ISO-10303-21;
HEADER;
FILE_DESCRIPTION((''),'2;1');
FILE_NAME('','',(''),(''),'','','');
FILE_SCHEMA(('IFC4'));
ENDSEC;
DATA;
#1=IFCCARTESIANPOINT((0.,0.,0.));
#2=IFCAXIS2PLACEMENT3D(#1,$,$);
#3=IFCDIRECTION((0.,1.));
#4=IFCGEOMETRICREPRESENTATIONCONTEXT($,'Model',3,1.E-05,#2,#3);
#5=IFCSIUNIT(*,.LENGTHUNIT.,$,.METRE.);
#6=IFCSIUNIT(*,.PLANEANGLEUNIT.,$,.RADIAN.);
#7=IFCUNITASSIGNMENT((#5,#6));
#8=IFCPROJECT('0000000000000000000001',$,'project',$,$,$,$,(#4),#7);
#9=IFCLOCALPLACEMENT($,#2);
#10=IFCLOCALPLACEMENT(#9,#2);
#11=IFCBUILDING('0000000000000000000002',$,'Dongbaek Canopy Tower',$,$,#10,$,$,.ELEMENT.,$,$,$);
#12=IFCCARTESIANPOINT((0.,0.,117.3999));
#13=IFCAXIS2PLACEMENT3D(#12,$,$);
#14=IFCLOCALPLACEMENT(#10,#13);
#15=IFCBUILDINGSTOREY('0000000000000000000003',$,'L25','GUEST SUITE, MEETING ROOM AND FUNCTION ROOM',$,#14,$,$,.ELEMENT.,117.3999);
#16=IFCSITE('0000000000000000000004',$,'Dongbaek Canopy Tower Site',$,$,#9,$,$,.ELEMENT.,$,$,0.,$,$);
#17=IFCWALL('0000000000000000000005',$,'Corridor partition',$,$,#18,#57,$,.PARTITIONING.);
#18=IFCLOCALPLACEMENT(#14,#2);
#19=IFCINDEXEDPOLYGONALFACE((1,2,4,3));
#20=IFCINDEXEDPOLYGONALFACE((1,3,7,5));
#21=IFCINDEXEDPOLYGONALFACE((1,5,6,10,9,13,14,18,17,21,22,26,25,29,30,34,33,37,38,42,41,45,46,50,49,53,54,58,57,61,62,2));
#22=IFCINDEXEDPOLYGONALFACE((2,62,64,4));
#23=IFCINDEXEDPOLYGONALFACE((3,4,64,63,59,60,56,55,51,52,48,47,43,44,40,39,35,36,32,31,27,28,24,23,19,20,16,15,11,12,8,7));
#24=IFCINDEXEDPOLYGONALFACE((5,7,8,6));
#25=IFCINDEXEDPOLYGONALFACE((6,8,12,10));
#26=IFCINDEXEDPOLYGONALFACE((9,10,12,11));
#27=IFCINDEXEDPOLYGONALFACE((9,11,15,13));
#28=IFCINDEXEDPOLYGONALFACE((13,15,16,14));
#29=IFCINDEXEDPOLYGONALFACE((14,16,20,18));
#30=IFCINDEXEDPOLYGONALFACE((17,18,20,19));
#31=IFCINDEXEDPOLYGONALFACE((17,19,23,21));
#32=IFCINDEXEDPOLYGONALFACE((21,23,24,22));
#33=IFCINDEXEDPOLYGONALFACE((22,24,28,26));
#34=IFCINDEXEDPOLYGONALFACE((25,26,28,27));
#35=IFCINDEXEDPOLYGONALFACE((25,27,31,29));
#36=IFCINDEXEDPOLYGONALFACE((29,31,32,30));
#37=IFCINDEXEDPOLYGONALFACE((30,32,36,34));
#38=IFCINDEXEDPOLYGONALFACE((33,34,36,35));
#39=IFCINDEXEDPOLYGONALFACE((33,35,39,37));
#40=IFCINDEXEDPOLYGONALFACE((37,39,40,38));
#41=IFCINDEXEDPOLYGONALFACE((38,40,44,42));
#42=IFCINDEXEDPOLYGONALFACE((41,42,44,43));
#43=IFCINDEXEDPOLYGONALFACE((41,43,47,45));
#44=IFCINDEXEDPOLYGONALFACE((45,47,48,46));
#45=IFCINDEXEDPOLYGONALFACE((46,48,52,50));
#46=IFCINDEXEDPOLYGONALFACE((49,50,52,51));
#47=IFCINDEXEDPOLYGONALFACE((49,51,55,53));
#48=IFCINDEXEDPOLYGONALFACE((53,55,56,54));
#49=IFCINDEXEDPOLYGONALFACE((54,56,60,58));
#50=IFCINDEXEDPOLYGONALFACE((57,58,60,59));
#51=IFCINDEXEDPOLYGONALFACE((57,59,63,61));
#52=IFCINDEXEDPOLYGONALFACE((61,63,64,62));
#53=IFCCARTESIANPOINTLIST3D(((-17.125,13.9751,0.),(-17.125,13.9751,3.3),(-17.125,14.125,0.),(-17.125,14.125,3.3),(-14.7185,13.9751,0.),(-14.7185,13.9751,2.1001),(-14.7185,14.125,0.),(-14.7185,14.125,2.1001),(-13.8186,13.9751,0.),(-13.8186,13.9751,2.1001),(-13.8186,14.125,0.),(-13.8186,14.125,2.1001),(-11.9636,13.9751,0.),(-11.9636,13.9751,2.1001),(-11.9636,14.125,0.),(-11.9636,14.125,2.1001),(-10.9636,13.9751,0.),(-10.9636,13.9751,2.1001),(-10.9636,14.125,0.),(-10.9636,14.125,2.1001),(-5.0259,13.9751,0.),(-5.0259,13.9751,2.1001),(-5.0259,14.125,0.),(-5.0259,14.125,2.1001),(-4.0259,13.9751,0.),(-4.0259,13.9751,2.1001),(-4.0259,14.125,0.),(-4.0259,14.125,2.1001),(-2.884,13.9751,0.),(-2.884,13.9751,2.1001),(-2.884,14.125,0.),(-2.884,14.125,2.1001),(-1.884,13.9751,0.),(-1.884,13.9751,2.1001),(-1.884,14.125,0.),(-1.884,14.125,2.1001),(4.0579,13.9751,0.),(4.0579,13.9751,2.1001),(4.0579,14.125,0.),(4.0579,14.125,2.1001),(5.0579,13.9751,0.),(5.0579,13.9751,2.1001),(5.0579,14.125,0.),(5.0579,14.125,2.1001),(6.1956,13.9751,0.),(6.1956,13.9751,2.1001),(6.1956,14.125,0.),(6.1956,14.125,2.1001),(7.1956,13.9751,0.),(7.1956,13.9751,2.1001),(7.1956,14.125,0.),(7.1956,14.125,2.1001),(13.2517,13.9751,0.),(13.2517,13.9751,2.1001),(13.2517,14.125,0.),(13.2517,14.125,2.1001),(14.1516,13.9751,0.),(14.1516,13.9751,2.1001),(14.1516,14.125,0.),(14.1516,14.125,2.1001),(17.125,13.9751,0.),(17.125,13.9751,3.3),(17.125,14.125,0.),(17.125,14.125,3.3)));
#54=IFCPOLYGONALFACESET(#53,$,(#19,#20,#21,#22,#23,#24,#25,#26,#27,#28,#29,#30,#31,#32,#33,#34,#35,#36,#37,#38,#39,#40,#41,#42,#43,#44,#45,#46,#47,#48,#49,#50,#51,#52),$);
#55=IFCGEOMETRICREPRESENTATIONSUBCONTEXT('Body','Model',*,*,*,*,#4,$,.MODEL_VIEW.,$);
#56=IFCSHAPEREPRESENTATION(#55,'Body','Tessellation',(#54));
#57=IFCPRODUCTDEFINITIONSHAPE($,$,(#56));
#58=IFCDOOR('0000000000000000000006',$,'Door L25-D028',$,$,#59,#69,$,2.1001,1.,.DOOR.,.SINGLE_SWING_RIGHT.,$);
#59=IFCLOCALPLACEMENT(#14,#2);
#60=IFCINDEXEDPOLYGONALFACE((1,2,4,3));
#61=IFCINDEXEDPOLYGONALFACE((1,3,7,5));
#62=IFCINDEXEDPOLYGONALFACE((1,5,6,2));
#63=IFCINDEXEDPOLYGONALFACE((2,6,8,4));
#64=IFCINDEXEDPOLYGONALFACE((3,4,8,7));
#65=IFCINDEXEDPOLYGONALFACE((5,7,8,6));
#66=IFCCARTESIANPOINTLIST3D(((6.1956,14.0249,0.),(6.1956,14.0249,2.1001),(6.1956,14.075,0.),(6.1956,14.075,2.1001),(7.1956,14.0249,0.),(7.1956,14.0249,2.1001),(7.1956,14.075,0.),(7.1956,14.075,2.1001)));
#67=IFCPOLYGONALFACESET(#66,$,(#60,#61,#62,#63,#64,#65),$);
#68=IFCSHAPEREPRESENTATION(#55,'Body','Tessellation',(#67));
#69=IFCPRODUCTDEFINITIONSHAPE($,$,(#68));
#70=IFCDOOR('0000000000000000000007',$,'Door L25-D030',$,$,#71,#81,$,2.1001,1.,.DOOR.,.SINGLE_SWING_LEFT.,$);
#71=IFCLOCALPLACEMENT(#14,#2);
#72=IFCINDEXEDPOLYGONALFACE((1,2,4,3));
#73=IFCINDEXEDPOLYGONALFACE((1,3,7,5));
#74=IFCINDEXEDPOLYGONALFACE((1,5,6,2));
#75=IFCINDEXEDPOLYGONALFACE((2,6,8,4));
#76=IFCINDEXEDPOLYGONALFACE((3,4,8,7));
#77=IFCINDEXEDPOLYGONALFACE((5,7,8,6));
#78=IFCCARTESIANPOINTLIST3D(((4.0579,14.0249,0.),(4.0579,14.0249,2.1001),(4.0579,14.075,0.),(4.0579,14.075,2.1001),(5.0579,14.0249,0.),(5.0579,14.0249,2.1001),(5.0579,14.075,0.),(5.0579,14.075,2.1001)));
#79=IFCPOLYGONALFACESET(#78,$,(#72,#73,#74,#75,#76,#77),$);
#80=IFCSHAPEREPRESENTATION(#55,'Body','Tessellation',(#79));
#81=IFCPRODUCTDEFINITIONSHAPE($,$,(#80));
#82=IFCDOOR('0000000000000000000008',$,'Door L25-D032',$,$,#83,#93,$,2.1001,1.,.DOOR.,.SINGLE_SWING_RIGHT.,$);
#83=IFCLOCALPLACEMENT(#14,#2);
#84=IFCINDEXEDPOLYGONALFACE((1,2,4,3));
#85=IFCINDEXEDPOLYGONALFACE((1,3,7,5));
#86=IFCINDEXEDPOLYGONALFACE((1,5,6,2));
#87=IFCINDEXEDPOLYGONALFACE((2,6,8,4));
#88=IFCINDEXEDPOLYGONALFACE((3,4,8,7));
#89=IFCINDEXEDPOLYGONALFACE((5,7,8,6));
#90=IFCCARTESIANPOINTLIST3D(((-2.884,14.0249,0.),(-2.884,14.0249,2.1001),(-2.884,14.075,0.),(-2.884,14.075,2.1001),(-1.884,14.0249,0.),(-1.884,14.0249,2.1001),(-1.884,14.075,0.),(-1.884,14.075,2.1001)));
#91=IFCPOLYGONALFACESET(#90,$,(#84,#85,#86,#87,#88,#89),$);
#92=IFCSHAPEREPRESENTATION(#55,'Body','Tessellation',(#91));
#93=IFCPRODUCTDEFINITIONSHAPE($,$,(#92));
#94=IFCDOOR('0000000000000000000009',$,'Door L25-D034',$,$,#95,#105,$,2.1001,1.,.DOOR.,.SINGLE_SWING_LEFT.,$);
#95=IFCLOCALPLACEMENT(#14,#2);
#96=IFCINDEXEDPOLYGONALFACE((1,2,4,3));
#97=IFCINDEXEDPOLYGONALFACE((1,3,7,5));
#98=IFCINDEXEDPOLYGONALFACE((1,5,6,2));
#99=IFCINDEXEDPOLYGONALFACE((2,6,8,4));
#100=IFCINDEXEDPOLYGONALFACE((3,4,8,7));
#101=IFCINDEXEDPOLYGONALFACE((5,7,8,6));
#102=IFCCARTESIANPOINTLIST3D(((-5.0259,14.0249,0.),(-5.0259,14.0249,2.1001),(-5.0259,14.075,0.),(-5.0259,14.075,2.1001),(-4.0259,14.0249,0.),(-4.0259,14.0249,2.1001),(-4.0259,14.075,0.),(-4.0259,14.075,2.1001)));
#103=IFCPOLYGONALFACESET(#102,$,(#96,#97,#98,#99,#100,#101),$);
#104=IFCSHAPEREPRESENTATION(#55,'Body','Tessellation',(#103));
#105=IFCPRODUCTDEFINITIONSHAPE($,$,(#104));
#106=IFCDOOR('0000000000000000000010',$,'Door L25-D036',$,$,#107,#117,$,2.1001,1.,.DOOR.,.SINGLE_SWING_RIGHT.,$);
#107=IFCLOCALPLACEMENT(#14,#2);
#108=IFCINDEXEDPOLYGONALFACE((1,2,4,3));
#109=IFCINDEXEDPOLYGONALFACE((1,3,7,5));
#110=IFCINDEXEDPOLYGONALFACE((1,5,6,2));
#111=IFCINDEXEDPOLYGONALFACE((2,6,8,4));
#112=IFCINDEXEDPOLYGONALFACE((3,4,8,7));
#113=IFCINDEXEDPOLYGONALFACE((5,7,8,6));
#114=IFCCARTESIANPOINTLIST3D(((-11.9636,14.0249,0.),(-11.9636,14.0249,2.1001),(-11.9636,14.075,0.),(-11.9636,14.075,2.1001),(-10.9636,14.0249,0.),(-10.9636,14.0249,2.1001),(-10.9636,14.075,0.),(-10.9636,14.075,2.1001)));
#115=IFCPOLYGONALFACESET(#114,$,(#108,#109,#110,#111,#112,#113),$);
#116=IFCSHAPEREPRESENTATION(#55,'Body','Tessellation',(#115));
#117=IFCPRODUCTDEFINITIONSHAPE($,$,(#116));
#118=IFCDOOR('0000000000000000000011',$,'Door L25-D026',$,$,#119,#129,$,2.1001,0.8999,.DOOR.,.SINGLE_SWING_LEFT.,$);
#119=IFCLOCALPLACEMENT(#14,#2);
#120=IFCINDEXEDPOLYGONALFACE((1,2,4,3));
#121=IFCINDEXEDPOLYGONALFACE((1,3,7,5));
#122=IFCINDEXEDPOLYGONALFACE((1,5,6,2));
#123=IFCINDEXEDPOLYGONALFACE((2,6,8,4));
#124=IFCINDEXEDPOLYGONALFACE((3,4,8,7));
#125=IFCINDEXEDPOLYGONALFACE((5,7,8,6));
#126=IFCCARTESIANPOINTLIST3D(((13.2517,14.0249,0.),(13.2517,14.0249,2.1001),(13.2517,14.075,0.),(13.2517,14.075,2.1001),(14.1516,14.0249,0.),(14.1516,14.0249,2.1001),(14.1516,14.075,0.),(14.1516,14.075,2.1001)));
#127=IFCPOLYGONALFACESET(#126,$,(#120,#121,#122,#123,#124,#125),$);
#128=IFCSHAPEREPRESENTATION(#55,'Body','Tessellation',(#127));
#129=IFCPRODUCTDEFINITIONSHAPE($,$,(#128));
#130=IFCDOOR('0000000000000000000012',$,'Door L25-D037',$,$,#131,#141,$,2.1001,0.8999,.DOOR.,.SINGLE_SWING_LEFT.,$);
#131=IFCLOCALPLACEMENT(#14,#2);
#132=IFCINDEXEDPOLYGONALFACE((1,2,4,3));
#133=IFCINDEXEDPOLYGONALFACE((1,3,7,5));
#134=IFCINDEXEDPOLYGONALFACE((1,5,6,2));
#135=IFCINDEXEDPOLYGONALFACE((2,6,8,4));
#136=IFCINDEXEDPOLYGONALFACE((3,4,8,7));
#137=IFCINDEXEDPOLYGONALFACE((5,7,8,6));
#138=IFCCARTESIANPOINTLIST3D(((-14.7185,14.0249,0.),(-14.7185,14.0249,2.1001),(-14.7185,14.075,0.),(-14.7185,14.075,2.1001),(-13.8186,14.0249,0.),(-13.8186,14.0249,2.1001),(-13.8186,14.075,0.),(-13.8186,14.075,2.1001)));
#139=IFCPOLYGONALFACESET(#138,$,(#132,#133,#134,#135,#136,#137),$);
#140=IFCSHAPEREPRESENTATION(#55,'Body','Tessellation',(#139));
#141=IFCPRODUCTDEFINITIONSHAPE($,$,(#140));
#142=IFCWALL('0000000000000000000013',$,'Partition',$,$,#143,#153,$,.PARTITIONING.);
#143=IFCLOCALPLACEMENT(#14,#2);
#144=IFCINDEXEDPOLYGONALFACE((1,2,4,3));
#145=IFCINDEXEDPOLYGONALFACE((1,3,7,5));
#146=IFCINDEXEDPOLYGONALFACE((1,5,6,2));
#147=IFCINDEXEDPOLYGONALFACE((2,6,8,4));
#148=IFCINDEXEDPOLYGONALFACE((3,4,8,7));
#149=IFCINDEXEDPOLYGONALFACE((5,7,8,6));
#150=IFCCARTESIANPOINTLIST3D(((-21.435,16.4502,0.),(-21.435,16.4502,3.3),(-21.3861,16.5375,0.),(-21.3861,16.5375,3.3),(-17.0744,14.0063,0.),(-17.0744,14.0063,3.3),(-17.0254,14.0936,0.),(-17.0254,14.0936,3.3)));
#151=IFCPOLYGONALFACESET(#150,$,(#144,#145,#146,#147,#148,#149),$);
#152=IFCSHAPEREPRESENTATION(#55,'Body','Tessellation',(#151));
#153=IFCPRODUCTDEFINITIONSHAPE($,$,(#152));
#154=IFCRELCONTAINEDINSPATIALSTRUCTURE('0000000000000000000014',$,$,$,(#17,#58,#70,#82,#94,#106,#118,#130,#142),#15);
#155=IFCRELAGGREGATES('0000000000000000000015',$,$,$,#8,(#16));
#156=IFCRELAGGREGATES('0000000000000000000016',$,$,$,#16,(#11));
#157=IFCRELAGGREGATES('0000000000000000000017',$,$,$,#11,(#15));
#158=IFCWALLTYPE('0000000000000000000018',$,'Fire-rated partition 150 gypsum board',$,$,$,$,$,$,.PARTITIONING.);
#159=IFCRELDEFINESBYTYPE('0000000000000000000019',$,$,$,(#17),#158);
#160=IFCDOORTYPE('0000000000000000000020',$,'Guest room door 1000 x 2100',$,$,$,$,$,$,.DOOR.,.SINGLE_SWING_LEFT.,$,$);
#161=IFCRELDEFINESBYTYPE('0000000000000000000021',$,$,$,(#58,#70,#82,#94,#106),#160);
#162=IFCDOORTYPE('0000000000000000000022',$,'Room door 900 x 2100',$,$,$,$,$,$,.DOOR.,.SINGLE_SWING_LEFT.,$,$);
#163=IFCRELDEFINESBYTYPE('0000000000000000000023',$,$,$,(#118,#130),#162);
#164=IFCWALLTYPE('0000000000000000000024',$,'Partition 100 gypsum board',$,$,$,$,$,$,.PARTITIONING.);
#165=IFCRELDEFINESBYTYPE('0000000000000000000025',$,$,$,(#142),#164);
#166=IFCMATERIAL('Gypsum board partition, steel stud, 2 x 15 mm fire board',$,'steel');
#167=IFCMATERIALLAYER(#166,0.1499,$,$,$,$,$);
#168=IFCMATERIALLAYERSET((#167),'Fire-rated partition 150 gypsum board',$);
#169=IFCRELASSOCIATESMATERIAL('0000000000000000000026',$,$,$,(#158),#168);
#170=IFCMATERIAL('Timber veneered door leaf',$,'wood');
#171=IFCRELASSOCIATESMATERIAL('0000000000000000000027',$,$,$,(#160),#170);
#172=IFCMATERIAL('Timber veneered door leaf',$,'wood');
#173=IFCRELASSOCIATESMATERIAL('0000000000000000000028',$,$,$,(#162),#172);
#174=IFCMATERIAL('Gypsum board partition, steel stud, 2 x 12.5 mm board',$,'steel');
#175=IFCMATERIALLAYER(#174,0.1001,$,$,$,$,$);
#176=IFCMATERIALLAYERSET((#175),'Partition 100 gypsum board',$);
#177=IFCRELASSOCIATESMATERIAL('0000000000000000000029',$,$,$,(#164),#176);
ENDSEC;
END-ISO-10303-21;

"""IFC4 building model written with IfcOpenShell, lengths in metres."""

from ifc_helpers import new_model, si_unit, direction, frame, frame_2d, origin, place, context, subcontext, project, spatial, rectangle, extrude, material, layer, layer_set, type_object, element, fill, save


model = new_model("IFC4")

# Units and contexts
model_context = context("Model", 3, precision=1e-05, world=origin(), true_north=direction((0.0, 1.0)))
body_context = subcontext(model_context, "Body", "Model", "MODEL_VIEW")
ifc_project = project(units=[si_unit("LENGTHUNIT", "METRE"), si_unit("PLANEANGLEUNIT", "RADIAN")], contexts=[model_context])

# Site, building, storey
site_placement = place(None, origin())
site = spatial("IfcSite", under=ifc_project, at=site_placement, Name="Dongbaek Canopy Tower Site", CompositionType="ELEMENT", RefElevation=0.0)
building_placement = place(site_placement, origin())
building = spatial("IfcBuilding", under=site, at=building_placement, Name="Dongbaek Canopy Tower", CompositionType="ELEMENT")
storey_placement = place(building_placement, frame((0.0, 0.0, 117.3999)))
storey = spatial("IfcBuildingStorey", under=building, at=storey_placement, Name="L25", Description="GUEST SUITE, MEETING ROOM AND FUNCTION ROOM", CompositionType="ELEMENT", Elevation=117.3999)

# Wall, openings, doors
ifc_material_1 = material(Name="Gypsum board partition, steel stud, 2 x 15 mm fire board", Category="steel")
ifc_layer_1 = layer(ifc_material_1, 0.1499)
ifc_layer_set_1 = layer_set([ifc_layer_1], Name="Fire-rated partition 150 gypsum board")
wall_type_1 = type_object("IfcWallType", Name="Fire-rated partition 150 gypsum board", PredefinedType="PARTITIONING", material=ifc_layer_set_1)
wall_1_placement = place(storey_placement, frame((-17.125, 14.05, 0.0), z_axis=(0.0, 0.0, 1.0), x_axis=(1.0, 0.0, 0.0)))
wall_1 = element("IfcWall", 1, at=wall_1_placement, inside=storey, type_object=wall_type_1, Name="Corridor partition", PredefinedType="PARTITIONING", context=body_context, shape_type="SweptSolid", body=[
    extrude(rectangle(XDim=34.25, YDim=0.1499, at=frame_2d((17.125, 0.0))), origin(), (0.0, 0.0, 1.0), 3.3),
])
opening_1_placement = place(wall_1_placement, frame((30.3767, 0.0, 0.0)))
opening_1 = element("IfcOpeningElement", 2, at=opening_1_placement, cuts=wall_1, PredefinedType="OPENING", context=body_context, shape_type="SweptSolid", body=[
    extrude(rectangle(XDim=0.8999, YDim=2.1001, at=frame_2d((0.45, 1.05))), frame((0.0, 0.085, 0.0), z_axis=(0.0, -1.0, 0.0), x_axis=(1.0, 0.0, 0.0)), (0.0, 0.0, 1.0), 0.1699),
])
opening_2_placement = place(wall_1_placement, frame((23.3206, 0.0, 0.0)))
opening_2 = element("IfcOpeningElement", 3, at=opening_2_placement, cuts=wall_1, PredefinedType="OPENING", context=body_context, shape_type="SweptSolid", body=[
    extrude(rectangle(XDim=1.0, YDim=2.1001, at=frame_2d((0.5, 1.05))), frame((0.0, 0.085, 0.0), z_axis=(0.0, -1.0, 0.0), x_axis=(1.0, 0.0, 0.0)), (0.0, 0.0, 1.0), 0.1699),
])
opening_3_placement = place(wall_1_placement, frame((21.1829, 0.0, 0.0)))
opening_3 = element("IfcOpeningElement", 4, at=opening_3_placement, cuts=wall_1, PredefinedType="OPENING", context=body_context, shape_type="SweptSolid", body=[
    extrude(rectangle(XDim=1.0, YDim=2.1001, at=frame_2d((0.5, 1.05))), frame((0.0, 0.085, 0.0), z_axis=(0.0, -1.0, 0.0), x_axis=(1.0, 0.0, 0.0)), (0.0, 0.0, 1.0), 0.1699),
])
opening_4_placement = place(wall_1_placement, frame((14.241, 0.0, 0.0)))
opening_4 = element("IfcOpeningElement", 5, at=opening_4_placement, cuts=wall_1, PredefinedType="OPENING", context=body_context, shape_type="SweptSolid", body=[
    extrude(rectangle(XDim=1.0, YDim=2.1001, at=frame_2d((0.5, 1.05))), frame((0.0, 0.085, 0.0), z_axis=(0.0, -1.0, 0.0), x_axis=(1.0, 0.0, 0.0)), (0.0, 0.0, 1.0), 0.1699),
])
opening_5_placement = place(wall_1_placement, frame((12.0991, 0.0, 0.0)))
opening_5 = element("IfcOpeningElement", 6, at=opening_5_placement, cuts=wall_1, PredefinedType="OPENING", context=body_context, shape_type="SweptSolid", body=[
    extrude(rectangle(XDim=1.0, YDim=2.1001, at=frame_2d((0.5, 1.05))), frame((0.0, 0.085, 0.0), z_axis=(0.0, -1.0, 0.0), x_axis=(1.0, 0.0, 0.0)), (0.0, 0.0, 1.0), 0.1699),
])
opening_6_placement = place(wall_1_placement, frame((5.1614, 0.0, 0.0)))
opening_6 = element("IfcOpeningElement", 7, at=opening_6_placement, cuts=wall_1, PredefinedType="OPENING", context=body_context, shape_type="SweptSolid", body=[
    extrude(rectangle(XDim=1.0, YDim=2.1001, at=frame_2d((0.5, 1.05))), frame((0.0, 0.085, 0.0), z_axis=(0.0, -1.0, 0.0), x_axis=(1.0, 0.0, 0.0)), (0.0, 0.0, 1.0), 0.1699),
])
opening_7_placement = place(wall_1_placement, frame((2.4065, 0.0, 0.0)))
opening_7 = element("IfcOpeningElement", 8, at=opening_7_placement, cuts=wall_1, PredefinedType="OPENING", context=body_context, shape_type="SweptSolid", body=[
    extrude(rectangle(XDim=0.8999, YDim=2.1001, at=frame_2d((0.45, 1.05))), frame((0.0, 0.085, 0.0), z_axis=(0.0, -1.0, 0.0), x_axis=(1.0, 0.0, 0.0)), (0.0, 0.0, 1.0), 0.1699),
])
ifc_material_2 = material(Name="Timber veneered door leaf", Category="wood")
door_type_1 = type_object("IfcDoorType", Name="Guest room door 1000 x 2100", OperationType="SINGLE_SWING_LEFT", PredefinedType="DOOR", material=ifc_material_2)
door_1_placement = place(opening_2_placement, origin())
door_1 = element("IfcDoor", 9, at=door_1_placement, inside=storey, type_object=door_type_1, Name="Door L25-D028", OperationType="SINGLE_SWING_RIGHT", OverallHeight=2.1001, OverallWidth=1.0, PredefinedType="DOOR", context=body_context, shape_type="SweptSolid", body=[
    extrude(rectangle(XDim=1.0, YDim=2.1001, at=frame_2d((0.5, 1.05))), frame((0.0, 0.0249, 0.0), z_axis=(0.0, -1.0, 0.0), x_axis=(1.0, 0.0, 0.0)), (0.0, 0.0, 1.0), 0.05),
])
fill(opening_2, door_1)
door_2_placement = place(opening_3_placement, origin())
door_2 = element("IfcDoor", 10, at=door_2_placement, inside=storey, type_object=door_type_1, Name="Door L25-D030", OperationType="SINGLE_SWING_LEFT", OverallHeight=2.1001, OverallWidth=1.0, PredefinedType="DOOR", context=body_context, shape_type="SweptSolid", body=[
    extrude(rectangle(XDim=1.0, YDim=2.1001, at=frame_2d((0.5, 1.05))), frame((0.0, 0.0249, 0.0), z_axis=(0.0, -1.0, 0.0), x_axis=(1.0, 0.0, 0.0)), (0.0, 0.0, 1.0), 0.05),
])
fill(opening_3, door_2)
door_3_placement = place(opening_4_placement, origin())
door_3 = element("IfcDoor", 11, at=door_3_placement, inside=storey, type_object=door_type_1, Name="Door L25-D032", OperationType="SINGLE_SWING_RIGHT", OverallHeight=2.1001, OverallWidth=1.0, PredefinedType="DOOR", context=body_context, shape_type="SweptSolid", body=[
    extrude(rectangle(XDim=1.0, YDim=2.1001, at=frame_2d((0.5, 1.05))), frame((0.0, 0.0249, 0.0), z_axis=(0.0, -1.0, 0.0), x_axis=(1.0, 0.0, 0.0)), (0.0, 0.0, 1.0), 0.05),
])
fill(opening_4, door_3)
door_4_placement = place(opening_5_placement, origin())
door_4 = element("IfcDoor", 12, at=door_4_placement, inside=storey, type_object=door_type_1, Name="Door L25-D034", OperationType="SINGLE_SWING_LEFT", OverallHeight=2.1001, OverallWidth=1.0, PredefinedType="DOOR", context=body_context, shape_type="SweptSolid", body=[
    extrude(rectangle(XDim=1.0, YDim=2.1001, at=frame_2d((0.5, 1.05))), frame((0.0, 0.0249, 0.0), z_axis=(0.0, -1.0, 0.0), x_axis=(1.0, 0.0, 0.0)), (0.0, 0.0, 1.0), 0.05),
])
fill(opening_5, door_4)
door_5_placement = place(opening_6_placement, origin())
door_5 = element("IfcDoor", 13, at=door_5_placement, inside=storey, type_object=door_type_1, Name="Door L25-D036", OperationType="SINGLE_SWING_RIGHT", OverallHeight=2.1001, OverallWidth=1.0, PredefinedType="DOOR", context=body_context, shape_type="SweptSolid", body=[
    extrude(rectangle(XDim=1.0, YDim=2.1001, at=frame_2d((0.5, 1.05))), frame((0.0, 0.0249, 0.0), z_axis=(0.0, -1.0, 0.0), x_axis=(1.0, 0.0, 0.0)), (0.0, 0.0, 1.0), 0.05),
])
fill(opening_6, door_5)
ifc_material_3 = material(Name="Timber veneered door leaf", Category="wood")
door_type_2 = type_object("IfcDoorType", Name="Room door 900 x 2100", OperationType="SINGLE_SWING_LEFT", PredefinedType="DOOR", material=ifc_material_3)
door_6_placement = place(opening_1_placement, origin())
door_6 = element("IfcDoor", 14, at=door_6_placement, inside=storey, type_object=door_type_2, Name="Door L25-D026", OperationType="SINGLE_SWING_LEFT", OverallHeight=2.1001, OverallWidth=0.8999, PredefinedType="DOOR", context=body_context, shape_type="SweptSolid", body=[
    extrude(rectangle(XDim=0.8999, YDim=2.1001, at=frame_2d((0.45, 1.05))), frame((0.0, 0.0249, 0.0), z_axis=(0.0, -1.0, 0.0), x_axis=(1.0, 0.0, 0.0)), (0.0, 0.0, 1.0), 0.05),
])
fill(opening_1, door_6)
door_7_placement = place(opening_7_placement, origin())
door_7 = element("IfcDoor", 15, at=door_7_placement, inside=storey, type_object=door_type_2, Name="Door L25-D037", OperationType="SINGLE_SWING_LEFT", OverallHeight=2.1001, OverallWidth=0.8999, PredefinedType="DOOR", context=body_context, shape_type="SweptSolid", body=[
    extrude(rectangle(XDim=0.8999, YDim=2.1001, at=frame_2d((0.45, 1.05))), frame((0.0, 0.0249, 0.0), z_axis=(0.0, -1.0, 0.0), x_axis=(1.0, 0.0, 0.0)), (0.0, 0.0, 1.0), 0.05),
])
fill(opening_7, door_7)

# Wall
ifc_material_4 = material(Name="Gypsum board partition, steel stud, 2 x 12.5 mm board", Category="steel")
ifc_layer_2 = layer(ifc_material_4, 0.1001)
ifc_layer_set_2 = layer_set([ifc_layer_2], Name="Partition 100 gypsum board")
wall_type_2 = type_object("IfcWallType", Name="Partition 100 gypsum board", PredefinedType="PARTITIONING", material=ifc_layer_set_2)
wall_2_placement = place(storey_placement, frame((-21.4106, 16.4939, 0.0), z_axis=(0.0, 0.0, 1.0), x_axis=(0.872343, -0.488895, 0.0)))
element("IfcWall", 16, at=wall_2_placement, inside=storey, type_object=wall_type_2, Name="Partition", PredefinedType="PARTITIONING", context=body_context, shape_type="SweptSolid", body=[
    extrude(rectangle(XDim=4.9988, YDim=0.1001, at=frame_2d((2.4995, 0.0))), origin(), (0.0, 0.0, 1.0), 3.3),
])

save(model, "model.ifc")
